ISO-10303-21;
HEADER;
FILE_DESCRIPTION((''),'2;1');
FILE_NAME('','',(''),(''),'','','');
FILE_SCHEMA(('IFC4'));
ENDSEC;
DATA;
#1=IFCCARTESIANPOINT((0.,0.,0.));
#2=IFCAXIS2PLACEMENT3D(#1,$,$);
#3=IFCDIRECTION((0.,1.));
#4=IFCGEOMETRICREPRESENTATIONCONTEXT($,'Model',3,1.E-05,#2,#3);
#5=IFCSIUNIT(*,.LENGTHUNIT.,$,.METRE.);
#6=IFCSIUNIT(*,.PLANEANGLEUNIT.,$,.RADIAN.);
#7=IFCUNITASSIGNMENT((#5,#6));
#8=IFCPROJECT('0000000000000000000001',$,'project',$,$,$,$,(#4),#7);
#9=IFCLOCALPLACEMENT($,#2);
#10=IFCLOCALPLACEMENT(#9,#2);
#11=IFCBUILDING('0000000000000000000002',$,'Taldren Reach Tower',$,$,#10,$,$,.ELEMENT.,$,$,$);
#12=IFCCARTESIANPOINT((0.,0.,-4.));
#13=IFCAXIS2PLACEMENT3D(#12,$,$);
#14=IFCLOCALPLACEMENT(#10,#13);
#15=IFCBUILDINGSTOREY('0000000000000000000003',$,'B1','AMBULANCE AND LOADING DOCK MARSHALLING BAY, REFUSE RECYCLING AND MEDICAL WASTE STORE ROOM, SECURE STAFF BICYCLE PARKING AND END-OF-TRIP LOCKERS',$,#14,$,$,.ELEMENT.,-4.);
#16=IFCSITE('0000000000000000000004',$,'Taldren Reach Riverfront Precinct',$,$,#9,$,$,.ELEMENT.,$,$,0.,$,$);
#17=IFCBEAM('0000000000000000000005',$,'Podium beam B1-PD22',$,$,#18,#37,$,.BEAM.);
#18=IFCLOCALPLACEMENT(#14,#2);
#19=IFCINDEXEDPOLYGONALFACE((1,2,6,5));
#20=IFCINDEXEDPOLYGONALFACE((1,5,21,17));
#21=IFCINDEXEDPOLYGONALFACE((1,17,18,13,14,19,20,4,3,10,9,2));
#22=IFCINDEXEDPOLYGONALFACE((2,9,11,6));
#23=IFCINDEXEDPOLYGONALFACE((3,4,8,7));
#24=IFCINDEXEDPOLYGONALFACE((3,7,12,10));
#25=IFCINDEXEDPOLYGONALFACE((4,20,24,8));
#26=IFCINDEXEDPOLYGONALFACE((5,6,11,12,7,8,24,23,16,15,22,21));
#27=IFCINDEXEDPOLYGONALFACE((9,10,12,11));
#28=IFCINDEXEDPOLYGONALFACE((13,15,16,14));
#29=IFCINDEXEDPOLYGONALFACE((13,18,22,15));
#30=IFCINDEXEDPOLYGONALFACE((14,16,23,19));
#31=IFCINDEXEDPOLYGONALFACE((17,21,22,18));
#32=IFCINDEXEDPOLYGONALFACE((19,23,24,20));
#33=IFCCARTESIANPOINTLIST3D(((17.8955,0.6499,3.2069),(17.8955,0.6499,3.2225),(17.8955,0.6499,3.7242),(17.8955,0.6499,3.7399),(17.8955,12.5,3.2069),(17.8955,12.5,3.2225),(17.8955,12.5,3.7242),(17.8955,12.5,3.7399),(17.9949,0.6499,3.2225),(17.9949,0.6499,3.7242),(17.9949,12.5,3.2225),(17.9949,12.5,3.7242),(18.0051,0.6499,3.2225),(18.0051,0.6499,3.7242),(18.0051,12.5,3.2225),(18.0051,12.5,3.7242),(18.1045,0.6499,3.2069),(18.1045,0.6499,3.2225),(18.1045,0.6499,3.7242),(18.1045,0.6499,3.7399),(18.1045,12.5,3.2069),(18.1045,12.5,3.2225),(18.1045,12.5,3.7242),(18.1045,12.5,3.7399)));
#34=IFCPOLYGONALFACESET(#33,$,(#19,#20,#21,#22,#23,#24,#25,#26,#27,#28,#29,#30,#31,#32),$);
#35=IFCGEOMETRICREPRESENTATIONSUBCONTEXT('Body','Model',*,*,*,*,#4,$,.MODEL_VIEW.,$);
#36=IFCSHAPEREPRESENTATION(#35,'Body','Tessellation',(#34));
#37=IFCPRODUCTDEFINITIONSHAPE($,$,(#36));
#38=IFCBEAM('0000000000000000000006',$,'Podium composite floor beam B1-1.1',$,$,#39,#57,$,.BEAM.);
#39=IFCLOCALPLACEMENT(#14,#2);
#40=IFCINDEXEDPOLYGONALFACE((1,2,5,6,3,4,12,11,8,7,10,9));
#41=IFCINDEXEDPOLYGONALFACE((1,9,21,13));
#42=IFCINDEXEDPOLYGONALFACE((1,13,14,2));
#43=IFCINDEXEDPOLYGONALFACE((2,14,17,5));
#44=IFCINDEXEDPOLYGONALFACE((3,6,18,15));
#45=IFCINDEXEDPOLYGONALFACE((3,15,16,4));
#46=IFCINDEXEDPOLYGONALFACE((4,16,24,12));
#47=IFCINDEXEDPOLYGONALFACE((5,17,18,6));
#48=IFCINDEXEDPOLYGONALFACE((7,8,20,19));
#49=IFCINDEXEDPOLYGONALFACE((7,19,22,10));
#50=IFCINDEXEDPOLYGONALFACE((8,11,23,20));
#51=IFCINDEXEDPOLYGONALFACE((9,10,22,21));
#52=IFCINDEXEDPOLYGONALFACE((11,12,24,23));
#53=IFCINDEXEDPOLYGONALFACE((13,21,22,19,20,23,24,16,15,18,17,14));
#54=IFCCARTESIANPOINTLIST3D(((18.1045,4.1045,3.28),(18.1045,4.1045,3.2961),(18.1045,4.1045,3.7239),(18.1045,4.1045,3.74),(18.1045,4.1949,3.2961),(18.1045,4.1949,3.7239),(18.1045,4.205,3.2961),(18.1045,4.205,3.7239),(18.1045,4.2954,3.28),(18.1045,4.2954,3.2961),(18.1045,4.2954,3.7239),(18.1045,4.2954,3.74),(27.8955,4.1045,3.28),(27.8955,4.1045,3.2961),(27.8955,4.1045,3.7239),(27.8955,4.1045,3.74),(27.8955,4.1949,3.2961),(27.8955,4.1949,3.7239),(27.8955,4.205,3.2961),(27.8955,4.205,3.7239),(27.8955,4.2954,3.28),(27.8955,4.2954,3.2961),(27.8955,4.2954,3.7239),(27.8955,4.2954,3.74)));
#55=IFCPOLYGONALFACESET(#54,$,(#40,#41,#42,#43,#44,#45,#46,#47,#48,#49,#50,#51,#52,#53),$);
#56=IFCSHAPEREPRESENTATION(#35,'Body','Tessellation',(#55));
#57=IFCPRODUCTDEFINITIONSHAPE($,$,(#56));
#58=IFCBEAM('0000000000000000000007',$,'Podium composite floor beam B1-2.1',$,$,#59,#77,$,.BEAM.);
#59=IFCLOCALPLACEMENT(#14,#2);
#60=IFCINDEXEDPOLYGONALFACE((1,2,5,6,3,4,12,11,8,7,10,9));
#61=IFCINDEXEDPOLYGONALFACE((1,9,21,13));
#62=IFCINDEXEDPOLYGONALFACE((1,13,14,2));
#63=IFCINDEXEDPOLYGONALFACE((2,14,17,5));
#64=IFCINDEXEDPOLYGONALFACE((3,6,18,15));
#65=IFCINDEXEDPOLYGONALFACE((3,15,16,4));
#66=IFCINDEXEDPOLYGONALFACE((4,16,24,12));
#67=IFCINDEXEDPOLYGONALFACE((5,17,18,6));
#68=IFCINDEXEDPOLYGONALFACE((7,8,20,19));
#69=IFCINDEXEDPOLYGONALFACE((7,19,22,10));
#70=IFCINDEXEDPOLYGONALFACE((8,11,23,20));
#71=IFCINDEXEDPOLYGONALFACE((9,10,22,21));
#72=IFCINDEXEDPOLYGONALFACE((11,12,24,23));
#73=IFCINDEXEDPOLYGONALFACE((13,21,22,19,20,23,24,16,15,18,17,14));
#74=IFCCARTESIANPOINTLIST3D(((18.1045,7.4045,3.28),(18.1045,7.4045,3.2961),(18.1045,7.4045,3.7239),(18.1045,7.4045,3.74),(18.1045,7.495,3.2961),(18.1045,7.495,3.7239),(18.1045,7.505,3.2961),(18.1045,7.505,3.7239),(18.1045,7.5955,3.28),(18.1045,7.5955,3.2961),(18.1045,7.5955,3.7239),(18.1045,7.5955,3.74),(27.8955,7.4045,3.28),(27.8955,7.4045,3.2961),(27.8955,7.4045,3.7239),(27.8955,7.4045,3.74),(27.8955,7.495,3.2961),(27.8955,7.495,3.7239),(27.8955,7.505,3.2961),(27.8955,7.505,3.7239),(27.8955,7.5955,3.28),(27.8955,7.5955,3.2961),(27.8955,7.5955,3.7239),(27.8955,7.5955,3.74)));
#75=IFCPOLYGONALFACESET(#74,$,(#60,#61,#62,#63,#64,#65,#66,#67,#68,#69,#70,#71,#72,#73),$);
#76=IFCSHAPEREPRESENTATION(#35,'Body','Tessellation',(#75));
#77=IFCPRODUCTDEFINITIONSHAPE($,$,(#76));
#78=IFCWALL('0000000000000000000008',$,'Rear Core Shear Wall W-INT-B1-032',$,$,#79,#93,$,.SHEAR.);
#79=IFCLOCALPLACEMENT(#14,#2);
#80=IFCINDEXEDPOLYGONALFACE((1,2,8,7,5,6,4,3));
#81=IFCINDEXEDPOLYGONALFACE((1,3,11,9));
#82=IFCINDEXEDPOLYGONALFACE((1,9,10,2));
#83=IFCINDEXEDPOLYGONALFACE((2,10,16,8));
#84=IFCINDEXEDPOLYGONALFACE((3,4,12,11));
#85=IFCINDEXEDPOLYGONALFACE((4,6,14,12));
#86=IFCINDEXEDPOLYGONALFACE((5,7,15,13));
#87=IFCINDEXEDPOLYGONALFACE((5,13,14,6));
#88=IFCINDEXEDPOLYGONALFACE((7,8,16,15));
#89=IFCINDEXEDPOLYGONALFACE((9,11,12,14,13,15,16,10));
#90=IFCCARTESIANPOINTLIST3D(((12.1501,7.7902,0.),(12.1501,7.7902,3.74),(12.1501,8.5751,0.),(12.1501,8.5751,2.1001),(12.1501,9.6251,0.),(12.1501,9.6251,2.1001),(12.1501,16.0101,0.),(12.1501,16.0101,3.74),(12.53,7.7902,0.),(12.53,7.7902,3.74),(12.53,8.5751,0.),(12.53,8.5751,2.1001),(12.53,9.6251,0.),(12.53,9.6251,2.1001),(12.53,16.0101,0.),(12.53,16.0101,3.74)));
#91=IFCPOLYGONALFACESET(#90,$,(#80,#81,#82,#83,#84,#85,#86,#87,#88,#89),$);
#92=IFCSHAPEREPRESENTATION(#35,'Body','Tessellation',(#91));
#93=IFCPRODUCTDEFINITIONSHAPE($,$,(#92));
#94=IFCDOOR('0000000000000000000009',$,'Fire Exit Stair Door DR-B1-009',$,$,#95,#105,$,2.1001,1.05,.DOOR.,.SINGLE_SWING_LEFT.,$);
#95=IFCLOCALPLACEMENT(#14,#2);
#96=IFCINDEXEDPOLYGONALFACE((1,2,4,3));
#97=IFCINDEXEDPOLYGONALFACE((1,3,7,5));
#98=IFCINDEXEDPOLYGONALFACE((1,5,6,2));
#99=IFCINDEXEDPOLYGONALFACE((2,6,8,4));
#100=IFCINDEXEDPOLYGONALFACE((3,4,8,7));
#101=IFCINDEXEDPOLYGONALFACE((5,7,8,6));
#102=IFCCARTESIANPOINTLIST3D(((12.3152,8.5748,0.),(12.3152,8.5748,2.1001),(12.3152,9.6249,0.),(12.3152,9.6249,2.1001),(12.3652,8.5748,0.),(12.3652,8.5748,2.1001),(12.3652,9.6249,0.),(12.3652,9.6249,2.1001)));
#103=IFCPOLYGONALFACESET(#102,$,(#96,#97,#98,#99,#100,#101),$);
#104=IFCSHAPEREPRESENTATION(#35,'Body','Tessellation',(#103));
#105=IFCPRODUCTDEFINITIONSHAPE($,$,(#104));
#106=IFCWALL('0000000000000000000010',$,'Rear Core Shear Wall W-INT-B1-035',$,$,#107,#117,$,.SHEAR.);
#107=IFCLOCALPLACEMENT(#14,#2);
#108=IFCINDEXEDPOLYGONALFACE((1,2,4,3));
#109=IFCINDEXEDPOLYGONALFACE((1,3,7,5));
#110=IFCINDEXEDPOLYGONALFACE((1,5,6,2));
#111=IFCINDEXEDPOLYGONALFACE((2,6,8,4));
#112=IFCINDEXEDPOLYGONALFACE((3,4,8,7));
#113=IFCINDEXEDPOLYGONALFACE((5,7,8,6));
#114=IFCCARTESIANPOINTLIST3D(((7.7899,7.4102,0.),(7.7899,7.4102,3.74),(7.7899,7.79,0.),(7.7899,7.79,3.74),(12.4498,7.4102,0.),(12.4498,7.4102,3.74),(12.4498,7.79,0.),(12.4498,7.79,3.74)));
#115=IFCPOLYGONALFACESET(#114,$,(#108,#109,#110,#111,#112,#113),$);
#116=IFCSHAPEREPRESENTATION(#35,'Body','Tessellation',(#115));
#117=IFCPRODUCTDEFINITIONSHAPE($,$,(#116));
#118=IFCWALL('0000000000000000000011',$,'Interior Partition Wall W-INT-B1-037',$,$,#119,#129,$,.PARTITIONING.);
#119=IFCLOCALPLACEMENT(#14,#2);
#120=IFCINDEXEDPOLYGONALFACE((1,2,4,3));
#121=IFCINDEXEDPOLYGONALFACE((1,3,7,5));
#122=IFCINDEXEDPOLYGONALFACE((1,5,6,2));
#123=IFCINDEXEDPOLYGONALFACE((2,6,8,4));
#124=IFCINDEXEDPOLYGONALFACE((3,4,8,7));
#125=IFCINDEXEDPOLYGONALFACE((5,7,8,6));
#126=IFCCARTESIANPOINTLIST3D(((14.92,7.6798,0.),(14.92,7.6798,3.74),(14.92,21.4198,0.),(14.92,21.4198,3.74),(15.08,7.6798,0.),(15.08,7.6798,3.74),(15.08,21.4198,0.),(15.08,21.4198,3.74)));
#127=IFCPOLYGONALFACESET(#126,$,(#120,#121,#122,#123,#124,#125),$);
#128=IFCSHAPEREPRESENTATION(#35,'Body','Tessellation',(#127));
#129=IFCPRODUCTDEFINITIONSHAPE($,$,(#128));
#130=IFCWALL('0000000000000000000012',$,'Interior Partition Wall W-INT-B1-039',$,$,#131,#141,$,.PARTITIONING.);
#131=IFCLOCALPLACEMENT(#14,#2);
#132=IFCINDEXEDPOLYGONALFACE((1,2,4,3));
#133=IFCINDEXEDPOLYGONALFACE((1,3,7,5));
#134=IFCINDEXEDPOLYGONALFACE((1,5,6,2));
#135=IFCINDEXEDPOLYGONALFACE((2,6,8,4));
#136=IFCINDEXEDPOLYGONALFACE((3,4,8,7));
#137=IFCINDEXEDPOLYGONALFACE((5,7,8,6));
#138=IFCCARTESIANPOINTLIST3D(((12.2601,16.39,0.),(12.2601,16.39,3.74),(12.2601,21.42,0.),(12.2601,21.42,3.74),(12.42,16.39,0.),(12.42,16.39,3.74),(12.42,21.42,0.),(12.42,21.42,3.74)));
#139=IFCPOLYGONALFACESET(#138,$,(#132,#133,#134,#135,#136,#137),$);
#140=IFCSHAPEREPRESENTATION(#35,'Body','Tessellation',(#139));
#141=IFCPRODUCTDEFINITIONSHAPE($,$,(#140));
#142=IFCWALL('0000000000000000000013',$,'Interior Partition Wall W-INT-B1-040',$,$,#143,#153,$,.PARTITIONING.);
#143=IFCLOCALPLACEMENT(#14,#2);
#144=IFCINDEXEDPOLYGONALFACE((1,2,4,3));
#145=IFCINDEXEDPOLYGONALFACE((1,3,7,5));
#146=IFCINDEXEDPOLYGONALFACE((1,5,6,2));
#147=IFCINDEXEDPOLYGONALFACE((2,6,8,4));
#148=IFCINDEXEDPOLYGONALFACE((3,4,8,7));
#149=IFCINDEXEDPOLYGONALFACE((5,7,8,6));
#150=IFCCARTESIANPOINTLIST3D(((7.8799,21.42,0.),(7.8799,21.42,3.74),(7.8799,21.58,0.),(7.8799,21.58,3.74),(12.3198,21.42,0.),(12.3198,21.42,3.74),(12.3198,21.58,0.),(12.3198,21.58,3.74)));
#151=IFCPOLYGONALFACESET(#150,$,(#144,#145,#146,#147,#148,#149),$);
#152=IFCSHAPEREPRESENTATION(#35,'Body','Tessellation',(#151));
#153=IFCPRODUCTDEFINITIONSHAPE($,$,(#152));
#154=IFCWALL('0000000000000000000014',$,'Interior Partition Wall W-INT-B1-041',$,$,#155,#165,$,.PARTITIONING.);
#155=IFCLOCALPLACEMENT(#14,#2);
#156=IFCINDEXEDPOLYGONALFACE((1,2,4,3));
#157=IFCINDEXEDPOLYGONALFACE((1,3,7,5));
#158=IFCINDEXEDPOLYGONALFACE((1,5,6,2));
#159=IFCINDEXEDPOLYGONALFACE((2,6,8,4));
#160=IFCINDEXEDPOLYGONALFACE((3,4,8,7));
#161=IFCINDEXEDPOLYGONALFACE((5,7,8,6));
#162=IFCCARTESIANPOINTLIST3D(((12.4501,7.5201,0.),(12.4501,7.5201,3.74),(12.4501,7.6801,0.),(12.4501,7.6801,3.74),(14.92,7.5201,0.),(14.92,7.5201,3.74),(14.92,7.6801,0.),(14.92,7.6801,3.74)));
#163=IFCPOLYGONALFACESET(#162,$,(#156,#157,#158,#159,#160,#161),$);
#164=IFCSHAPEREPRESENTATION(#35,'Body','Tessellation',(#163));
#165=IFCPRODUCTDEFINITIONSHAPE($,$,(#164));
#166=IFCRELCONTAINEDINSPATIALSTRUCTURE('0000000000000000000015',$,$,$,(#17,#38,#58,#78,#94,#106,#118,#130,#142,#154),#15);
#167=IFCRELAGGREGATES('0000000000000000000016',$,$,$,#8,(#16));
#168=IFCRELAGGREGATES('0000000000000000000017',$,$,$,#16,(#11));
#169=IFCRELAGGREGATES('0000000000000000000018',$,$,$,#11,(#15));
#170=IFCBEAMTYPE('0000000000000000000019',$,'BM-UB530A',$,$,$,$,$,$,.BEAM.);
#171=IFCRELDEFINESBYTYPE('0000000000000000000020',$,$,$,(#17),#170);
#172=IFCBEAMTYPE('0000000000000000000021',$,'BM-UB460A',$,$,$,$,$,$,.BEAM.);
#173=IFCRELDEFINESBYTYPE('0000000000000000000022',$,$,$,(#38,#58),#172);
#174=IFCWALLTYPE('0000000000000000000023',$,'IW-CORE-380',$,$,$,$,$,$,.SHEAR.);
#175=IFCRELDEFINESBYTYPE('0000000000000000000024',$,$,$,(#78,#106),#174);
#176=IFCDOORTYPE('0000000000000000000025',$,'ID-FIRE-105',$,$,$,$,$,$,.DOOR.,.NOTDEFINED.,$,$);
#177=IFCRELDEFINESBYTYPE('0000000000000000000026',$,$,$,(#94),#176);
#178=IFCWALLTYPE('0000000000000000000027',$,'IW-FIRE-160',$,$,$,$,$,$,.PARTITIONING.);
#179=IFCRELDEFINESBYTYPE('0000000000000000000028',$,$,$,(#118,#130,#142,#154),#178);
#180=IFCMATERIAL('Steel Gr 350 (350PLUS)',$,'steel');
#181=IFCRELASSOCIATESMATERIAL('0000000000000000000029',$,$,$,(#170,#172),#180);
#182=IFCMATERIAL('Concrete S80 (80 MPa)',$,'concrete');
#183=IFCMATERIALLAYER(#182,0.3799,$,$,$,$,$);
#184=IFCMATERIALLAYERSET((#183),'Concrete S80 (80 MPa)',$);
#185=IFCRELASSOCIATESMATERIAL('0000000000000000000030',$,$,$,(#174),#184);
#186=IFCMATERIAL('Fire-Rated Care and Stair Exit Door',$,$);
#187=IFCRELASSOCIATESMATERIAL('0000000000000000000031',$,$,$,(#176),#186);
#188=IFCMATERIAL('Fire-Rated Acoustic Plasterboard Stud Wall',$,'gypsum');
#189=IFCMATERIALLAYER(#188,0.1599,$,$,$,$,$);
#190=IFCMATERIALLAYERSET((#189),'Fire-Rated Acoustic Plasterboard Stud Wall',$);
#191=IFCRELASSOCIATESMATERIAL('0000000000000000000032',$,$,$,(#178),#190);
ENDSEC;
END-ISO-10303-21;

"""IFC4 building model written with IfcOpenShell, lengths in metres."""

from ifc_helpers import new_model, si_unit, direction, frame, frame_2d, origin, origin_2d, place, context, subcontext, project, spatial, rectangle, i_section, extrude, source, transform, mapped, material, layer, layer_set, material_profile, profile_set, type_object, element, fill, save


model = new_model("IFC4")

# Units and contexts
model_context = context("Model", 3, precision=1e-05, world=origin(), true_north=direction((0.0, 1.0)))
body_context = subcontext(model_context, "Body", "Model", "MODEL_VIEW")
ifc_project = project(units=[si_unit("LENGTHUNIT", "METRE"), si_unit("PLANEANGLEUNIT", "RADIAN")], contexts=[model_context])

# Site, building, storey
site_placement = place(None, origin())
site = spatial("IfcSite", under=ifc_project, at=site_placement, Name="Taldren Reach Riverfront Precinct", CompositionType="ELEMENT", RefElevation=0.0)
building_placement = place(site_placement, origin())
building = spatial("IfcBuilding", under=site, at=building_placement, Name="Taldren Reach Tower", CompositionType="ELEMENT")
storey_placement = place(building_placement, frame((0.0, 0.0, -4.0)))
storey = spatial("IfcBuildingStorey", under=building, at=storey_placement, Name="B1", Description="AMBULANCE AND LOADING DOCK MARSHALLING BAY, REFUSE RECYCLING AND MEDICAL WASTE STORE ROOM, SECURE STAFF BICYCLE PARKING AND END-OF-TRIP LOCKERS", CompositionType="ELEMENT", Elevation=-4.0)

# Shared definitions
ifc_material_1 = material(Name="Steel Gr 350 (350PLUS)", Category="steel")
ifc_material_2 = material(Name="Concrete S80 (80 MPa)", Category="concrete")

# Beams
ifc_material_profile_1 = material_profile(ifc_material_1, i_section(OverallWidth=0.209, OverallDepth=0.533, WebThickness=0.0103, FlangeThickness=0.0156, at=origin_2d()), Name="530UB92.4")
ifc_profile_set_1 = profile_set([ifc_material_profile_1], Name="Steel Gr 350 (350PLUS)")
beam_type_1 = type_object("IfcBeamType", Name="BM-UB530A", PredefinedType="BEAM", material=ifc_profile_set_1)
shared_shape_1 = source(origin(), body_context, "Body", "SweptSolid", [
    extrude(i_section(OverallWidth=0.209, OverallDepth=0.533, WebThickness=0.0103, FlangeThickness=0.0156, at=origin_2d()), origin(), (0.0, 0.0, 1.0), 11.8501),
])
beam_1_placement = place(storey_placement, frame((18.0, 0.6499, 3.4734), z_axis=(0.0, 1.0, 0.0), x_axis=(-1.0, 0.0, 0.0)))
element("IfcBeam", 1, at=beam_1_placement, inside=storey, type_object=beam_type_1, Name="Podium beam B1-PD22", PredefinedType="BEAM", context=body_context, shape_type="MappedRepresentation", body=[
    mapped(shared_shape_1, transform((0.0, 0.0, 0.0), scale=1.0)),
])
ifc_material_profile_2 = material_profile(ifc_material_1, i_section(OverallWidth=0.1909, OverallDepth=0.46, WebThickness=0.01, FlangeThickness=0.0161, at=origin_2d()), Name="460UB82.1")
ifc_profile_set_2 = profile_set([ifc_material_profile_2], Name="Steel Gr 350 (350PLUS)")
beam_type_2 = type_object("IfcBeamType", Name="BM-UB460A", PredefinedType="BEAM", material=ifc_profile_set_2)
shared_shape_2 = source(origin(), body_context, "Body", "SweptSolid", [
    extrude(i_section(OverallWidth=0.1909, OverallDepth=0.46, WebThickness=0.01, FlangeThickness=0.0161, at=origin_2d()), origin(), (0.0, 0.0, 1.0), 9.791),
])
for number, where, z_axis, x_axis, name in (
    (2, (18.1045, 4.2, 3.51), (1.0, 0.0, 0.0), (0.0, 1.0, 0.0), "Podium composite floor beam B1-1.1"),
    (3, (18.1045, 7.5, 3.51), (1.0, 0.0, 0.0), (0.0, 1.0, 0.0), "Podium composite floor beam B1-2.1"),
):
    element("IfcBeam", number, at=place(storey_placement, frame(where, z_axis=z_axis, x_axis=x_axis)), inside=storey, type_object=beam_type_2, Name=name, PredefinedType="BEAM", context=body_context, shape_type="MappedRepresentation", body=[
        mapped(shared_shape_2, transform((0.0, 0.0, 0.0), scale=1.0)),
    ])

# Wall, opening, door
ifc_layer_1 = layer(ifc_material_2, 0.3799)
ifc_layer_set_1 = layer_set([ifc_layer_1], Name="Concrete S80 (80 MPa)")
wall_type_1 = type_object("IfcWallType", Name="IW-CORE-380", PredefinedType="SHEAR", material=ifc_layer_set_1)
shared_shape_3 = source(origin(), body_context, "Body", "SweptSolid", [
    extrude(rectangle(XDim=8.22, YDim=0.3799, at=frame_2d((4.1099, 0.0))), origin(), (0.0, 0.0, 1.0), 3.74),
])
wall_1_placement = place(storey_placement, frame((12.3401, 16.01, 0.0), z_axis=(0.0, 0.0, 1.0), x_axis=(0.0, -1.0, 0.0)))
wall_1 = element("IfcWall", 4, at=wall_1_placement, inside=storey, type_object=wall_type_1, Name="Rear Core Shear Wall W-INT-B1-032", PredefinedType="SHEAR", context=body_context, shape_type="MappedRepresentation", body=[
    mapped(shared_shape_3, transform((0.0, 0.0, 0.0), scale=1.0)),
])
shared_shape_4 = source(origin(), body_context, "Body", "SweptSolid", [
    extrude(rectangle(XDim=1.05, YDim=2.1001, at=frame_2d((0.5249, 1.05))), frame((0.0, 0.2, 0.0), z_axis=(0.0, -1.0, 0.0), x_axis=(1.0, 0.0, 0.0)), (0.0, 0.0, 1.0), 0.3999),
])
opening_placement = place(wall_1_placement, frame((6.385, 0.0, 0.0)))
opening = element("IfcOpeningElement", 5, at=opening_placement, cuts=wall_1, PredefinedType="OPENING", context=body_context, shape_type="MappedRepresentation", body=[
    mapped(shared_shape_4, transform((0.0, 0.0, 0.0), scale=1.0)),
])
ifc_material_3 = material(Name="Fire-Rated Care and Stair Exit Door")
door_type = type_object("IfcDoorType", Name="ID-FIRE-105", OperationType="NOTDEFINED", PredefinedType="DOOR", material=ifc_material_3)
shared_shape_5 = source(origin(), body_context, "Body", "SweptSolid", [
    extrude(rectangle(XDim=1.05, YDim=2.1001, at=frame_2d((0.5249, 1.05))), frame((0.0, 0.0249, 0.0), z_axis=(0.0, -1.0, 0.0), x_axis=(1.0, 0.0, 0.0)), (0.0, 0.0, 1.0), 0.05),
])
door_placement = place(opening_placement, frame((1.05, 0.0, 0.0), z_axis=(0.0, 0.0, 1.0), x_axis=(-1.0, 0.0, 0.0)))
door = element("IfcDoor", 6, at=door_placement, inside=storey, type_object=door_type, Name="Fire Exit Stair Door DR-B1-009", OperationType="SINGLE_SWING_LEFT", OverallHeight=2.1001, OverallWidth=1.05, PredefinedType="DOOR", context=body_context, shape_type="MappedRepresentation", body=[
    mapped(shared_shape_5, transform((0.0, 0.0, 0.0), scale=1.0)),
])
fill(opening, door)

# Walls
shared_shape_6 = source(origin(), body_context, "Body", "SweptSolid", [
    extrude(rectangle(XDim=4.6599, YDim=0.3799, at=frame_2d((2.3301, 0.0))), origin(), (0.0, 0.0, 1.0), 3.74),
])
wall_2_placement = place(storey_placement, frame((12.45, 7.6001, 0.0), z_axis=(0.0, 0.0, 1.0), x_axis=(-1.0, 0.0, 0.0)))
element("IfcWall", 7, at=wall_2_placement, inside=storey, type_object=wall_type_1, Name="Rear Core Shear Wall W-INT-B1-035", PredefinedType="SHEAR", context=body_context, shape_type="MappedRepresentation", body=[
    mapped(shared_shape_6, transform((0.0, 0.0, 0.0), scale=1.0)),
])
ifc_material_4 = material(Name="Fire-Rated Acoustic Plasterboard Stud Wall", Category="gypsum")
ifc_layer_2 = layer(ifc_material_4, 0.1599)
ifc_layer_set_2 = layer_set([ifc_layer_2], Name="Fire-Rated Acoustic Plasterboard Stud Wall")
wall_type_2 = type_object("IfcWallType", Name="IW-FIRE-160", PredefinedType="PARTITIONING", material=ifc_layer_set_2)
shared_shape_7 = source(origin(), body_context, "Body", "SweptSolid", [
    extrude(rectangle(XDim=13.74, YDim=0.1599, at=frame_2d((6.8701, 0.0))), origin(), (0.0, 0.0, 1.0), 3.74),
])
wall_3_placement = place(storey_placement, frame((15.0, 21.4199, 0.0), z_axis=(0.0, 0.0, 1.0), x_axis=(0.0, -1.0, 0.0)))
element("IfcWall", 8, at=wall_3_placement, inside=storey, type_object=wall_type_2, Name="Interior Partition Wall W-INT-B1-037", PredefinedType="PARTITIONING", context=body_context, shape_type="MappedRepresentation", body=[
    mapped(shared_shape_7, transform((0.0, 0.0, 0.0), scale=1.0)),
])
shared_shape_8 = source(origin(), body_context, "Body", "SweptSolid", [
    extrude(rectangle(XDim=5.03, YDim=0.1599, at=frame_2d((2.5151, 0.0))), origin(), (0.0, 0.0, 1.0), 3.74),
])
wall_4_placement = place(storey_placement, frame((12.3401, 16.3899, 0.0), z_axis=(0.0, 0.0, 1.0), x_axis=(0.0, 1.0, 0.0)))
element("IfcWall", 9, at=wall_4_placement, inside=storey, type_object=wall_type_2, Name="Interior Partition Wall W-INT-B1-039", PredefinedType="PARTITIONING", context=body_context, shape_type="MappedRepresentation", body=[
    mapped(shared_shape_8, transform((0.0, 0.0, 0.0), scale=1.0)),
])
shared_shape_9 = source(origin(), body_context, "Body", "SweptSolid", [
    extrude(rectangle(XDim=4.4399, YDim=0.1599, at=frame_2d((2.22, 0.0))), origin(), (0.0, 0.0, 1.0), 3.74),
])
wall_5_placement = place(storey_placement, frame((12.3198, 21.5, 0.0), z_axis=(0.0, 0.0, 1.0), x_axis=(-1.0, 0.0, 0.0)))
element("IfcWall", 10, at=wall_5_placement, inside=storey, type_object=wall_type_2, Name="Interior Partition Wall W-INT-B1-040", PredefinedType="PARTITIONING", context=body_context, shape_type="MappedRepresentation", body=[
    mapped(shared_shape_9, transform((0.0, 0.0, 0.0), scale=1.0)),
])
shared_shape_10 = source(origin(), body_context, "Body", "SweptSolid", [
    extrude(rectangle(XDim=2.47, YDim=0.1599, at=frame_2d((1.2349, 0.0))), origin(), (0.0, 0.0, 1.0), 3.74),
])
wall_6_placement = place(storey_placement, frame((14.9199, 7.6001, 0.0), z_axis=(0.0, 0.0, 1.0), x_axis=(-1.0, 0.0, 0.0)))
element("IfcWall", 11, at=wall_6_placement, inside=storey, type_object=wall_type_2, Name="Interior Partition Wall W-INT-B1-041", PredefinedType="PARTITIONING", context=body_context, shape_type="MappedRepresentation", body=[
    mapped(shared_shape_10, transform((0.0, 0.0, 0.0), scale=1.0)),
])

save(model, "model.ifc")
